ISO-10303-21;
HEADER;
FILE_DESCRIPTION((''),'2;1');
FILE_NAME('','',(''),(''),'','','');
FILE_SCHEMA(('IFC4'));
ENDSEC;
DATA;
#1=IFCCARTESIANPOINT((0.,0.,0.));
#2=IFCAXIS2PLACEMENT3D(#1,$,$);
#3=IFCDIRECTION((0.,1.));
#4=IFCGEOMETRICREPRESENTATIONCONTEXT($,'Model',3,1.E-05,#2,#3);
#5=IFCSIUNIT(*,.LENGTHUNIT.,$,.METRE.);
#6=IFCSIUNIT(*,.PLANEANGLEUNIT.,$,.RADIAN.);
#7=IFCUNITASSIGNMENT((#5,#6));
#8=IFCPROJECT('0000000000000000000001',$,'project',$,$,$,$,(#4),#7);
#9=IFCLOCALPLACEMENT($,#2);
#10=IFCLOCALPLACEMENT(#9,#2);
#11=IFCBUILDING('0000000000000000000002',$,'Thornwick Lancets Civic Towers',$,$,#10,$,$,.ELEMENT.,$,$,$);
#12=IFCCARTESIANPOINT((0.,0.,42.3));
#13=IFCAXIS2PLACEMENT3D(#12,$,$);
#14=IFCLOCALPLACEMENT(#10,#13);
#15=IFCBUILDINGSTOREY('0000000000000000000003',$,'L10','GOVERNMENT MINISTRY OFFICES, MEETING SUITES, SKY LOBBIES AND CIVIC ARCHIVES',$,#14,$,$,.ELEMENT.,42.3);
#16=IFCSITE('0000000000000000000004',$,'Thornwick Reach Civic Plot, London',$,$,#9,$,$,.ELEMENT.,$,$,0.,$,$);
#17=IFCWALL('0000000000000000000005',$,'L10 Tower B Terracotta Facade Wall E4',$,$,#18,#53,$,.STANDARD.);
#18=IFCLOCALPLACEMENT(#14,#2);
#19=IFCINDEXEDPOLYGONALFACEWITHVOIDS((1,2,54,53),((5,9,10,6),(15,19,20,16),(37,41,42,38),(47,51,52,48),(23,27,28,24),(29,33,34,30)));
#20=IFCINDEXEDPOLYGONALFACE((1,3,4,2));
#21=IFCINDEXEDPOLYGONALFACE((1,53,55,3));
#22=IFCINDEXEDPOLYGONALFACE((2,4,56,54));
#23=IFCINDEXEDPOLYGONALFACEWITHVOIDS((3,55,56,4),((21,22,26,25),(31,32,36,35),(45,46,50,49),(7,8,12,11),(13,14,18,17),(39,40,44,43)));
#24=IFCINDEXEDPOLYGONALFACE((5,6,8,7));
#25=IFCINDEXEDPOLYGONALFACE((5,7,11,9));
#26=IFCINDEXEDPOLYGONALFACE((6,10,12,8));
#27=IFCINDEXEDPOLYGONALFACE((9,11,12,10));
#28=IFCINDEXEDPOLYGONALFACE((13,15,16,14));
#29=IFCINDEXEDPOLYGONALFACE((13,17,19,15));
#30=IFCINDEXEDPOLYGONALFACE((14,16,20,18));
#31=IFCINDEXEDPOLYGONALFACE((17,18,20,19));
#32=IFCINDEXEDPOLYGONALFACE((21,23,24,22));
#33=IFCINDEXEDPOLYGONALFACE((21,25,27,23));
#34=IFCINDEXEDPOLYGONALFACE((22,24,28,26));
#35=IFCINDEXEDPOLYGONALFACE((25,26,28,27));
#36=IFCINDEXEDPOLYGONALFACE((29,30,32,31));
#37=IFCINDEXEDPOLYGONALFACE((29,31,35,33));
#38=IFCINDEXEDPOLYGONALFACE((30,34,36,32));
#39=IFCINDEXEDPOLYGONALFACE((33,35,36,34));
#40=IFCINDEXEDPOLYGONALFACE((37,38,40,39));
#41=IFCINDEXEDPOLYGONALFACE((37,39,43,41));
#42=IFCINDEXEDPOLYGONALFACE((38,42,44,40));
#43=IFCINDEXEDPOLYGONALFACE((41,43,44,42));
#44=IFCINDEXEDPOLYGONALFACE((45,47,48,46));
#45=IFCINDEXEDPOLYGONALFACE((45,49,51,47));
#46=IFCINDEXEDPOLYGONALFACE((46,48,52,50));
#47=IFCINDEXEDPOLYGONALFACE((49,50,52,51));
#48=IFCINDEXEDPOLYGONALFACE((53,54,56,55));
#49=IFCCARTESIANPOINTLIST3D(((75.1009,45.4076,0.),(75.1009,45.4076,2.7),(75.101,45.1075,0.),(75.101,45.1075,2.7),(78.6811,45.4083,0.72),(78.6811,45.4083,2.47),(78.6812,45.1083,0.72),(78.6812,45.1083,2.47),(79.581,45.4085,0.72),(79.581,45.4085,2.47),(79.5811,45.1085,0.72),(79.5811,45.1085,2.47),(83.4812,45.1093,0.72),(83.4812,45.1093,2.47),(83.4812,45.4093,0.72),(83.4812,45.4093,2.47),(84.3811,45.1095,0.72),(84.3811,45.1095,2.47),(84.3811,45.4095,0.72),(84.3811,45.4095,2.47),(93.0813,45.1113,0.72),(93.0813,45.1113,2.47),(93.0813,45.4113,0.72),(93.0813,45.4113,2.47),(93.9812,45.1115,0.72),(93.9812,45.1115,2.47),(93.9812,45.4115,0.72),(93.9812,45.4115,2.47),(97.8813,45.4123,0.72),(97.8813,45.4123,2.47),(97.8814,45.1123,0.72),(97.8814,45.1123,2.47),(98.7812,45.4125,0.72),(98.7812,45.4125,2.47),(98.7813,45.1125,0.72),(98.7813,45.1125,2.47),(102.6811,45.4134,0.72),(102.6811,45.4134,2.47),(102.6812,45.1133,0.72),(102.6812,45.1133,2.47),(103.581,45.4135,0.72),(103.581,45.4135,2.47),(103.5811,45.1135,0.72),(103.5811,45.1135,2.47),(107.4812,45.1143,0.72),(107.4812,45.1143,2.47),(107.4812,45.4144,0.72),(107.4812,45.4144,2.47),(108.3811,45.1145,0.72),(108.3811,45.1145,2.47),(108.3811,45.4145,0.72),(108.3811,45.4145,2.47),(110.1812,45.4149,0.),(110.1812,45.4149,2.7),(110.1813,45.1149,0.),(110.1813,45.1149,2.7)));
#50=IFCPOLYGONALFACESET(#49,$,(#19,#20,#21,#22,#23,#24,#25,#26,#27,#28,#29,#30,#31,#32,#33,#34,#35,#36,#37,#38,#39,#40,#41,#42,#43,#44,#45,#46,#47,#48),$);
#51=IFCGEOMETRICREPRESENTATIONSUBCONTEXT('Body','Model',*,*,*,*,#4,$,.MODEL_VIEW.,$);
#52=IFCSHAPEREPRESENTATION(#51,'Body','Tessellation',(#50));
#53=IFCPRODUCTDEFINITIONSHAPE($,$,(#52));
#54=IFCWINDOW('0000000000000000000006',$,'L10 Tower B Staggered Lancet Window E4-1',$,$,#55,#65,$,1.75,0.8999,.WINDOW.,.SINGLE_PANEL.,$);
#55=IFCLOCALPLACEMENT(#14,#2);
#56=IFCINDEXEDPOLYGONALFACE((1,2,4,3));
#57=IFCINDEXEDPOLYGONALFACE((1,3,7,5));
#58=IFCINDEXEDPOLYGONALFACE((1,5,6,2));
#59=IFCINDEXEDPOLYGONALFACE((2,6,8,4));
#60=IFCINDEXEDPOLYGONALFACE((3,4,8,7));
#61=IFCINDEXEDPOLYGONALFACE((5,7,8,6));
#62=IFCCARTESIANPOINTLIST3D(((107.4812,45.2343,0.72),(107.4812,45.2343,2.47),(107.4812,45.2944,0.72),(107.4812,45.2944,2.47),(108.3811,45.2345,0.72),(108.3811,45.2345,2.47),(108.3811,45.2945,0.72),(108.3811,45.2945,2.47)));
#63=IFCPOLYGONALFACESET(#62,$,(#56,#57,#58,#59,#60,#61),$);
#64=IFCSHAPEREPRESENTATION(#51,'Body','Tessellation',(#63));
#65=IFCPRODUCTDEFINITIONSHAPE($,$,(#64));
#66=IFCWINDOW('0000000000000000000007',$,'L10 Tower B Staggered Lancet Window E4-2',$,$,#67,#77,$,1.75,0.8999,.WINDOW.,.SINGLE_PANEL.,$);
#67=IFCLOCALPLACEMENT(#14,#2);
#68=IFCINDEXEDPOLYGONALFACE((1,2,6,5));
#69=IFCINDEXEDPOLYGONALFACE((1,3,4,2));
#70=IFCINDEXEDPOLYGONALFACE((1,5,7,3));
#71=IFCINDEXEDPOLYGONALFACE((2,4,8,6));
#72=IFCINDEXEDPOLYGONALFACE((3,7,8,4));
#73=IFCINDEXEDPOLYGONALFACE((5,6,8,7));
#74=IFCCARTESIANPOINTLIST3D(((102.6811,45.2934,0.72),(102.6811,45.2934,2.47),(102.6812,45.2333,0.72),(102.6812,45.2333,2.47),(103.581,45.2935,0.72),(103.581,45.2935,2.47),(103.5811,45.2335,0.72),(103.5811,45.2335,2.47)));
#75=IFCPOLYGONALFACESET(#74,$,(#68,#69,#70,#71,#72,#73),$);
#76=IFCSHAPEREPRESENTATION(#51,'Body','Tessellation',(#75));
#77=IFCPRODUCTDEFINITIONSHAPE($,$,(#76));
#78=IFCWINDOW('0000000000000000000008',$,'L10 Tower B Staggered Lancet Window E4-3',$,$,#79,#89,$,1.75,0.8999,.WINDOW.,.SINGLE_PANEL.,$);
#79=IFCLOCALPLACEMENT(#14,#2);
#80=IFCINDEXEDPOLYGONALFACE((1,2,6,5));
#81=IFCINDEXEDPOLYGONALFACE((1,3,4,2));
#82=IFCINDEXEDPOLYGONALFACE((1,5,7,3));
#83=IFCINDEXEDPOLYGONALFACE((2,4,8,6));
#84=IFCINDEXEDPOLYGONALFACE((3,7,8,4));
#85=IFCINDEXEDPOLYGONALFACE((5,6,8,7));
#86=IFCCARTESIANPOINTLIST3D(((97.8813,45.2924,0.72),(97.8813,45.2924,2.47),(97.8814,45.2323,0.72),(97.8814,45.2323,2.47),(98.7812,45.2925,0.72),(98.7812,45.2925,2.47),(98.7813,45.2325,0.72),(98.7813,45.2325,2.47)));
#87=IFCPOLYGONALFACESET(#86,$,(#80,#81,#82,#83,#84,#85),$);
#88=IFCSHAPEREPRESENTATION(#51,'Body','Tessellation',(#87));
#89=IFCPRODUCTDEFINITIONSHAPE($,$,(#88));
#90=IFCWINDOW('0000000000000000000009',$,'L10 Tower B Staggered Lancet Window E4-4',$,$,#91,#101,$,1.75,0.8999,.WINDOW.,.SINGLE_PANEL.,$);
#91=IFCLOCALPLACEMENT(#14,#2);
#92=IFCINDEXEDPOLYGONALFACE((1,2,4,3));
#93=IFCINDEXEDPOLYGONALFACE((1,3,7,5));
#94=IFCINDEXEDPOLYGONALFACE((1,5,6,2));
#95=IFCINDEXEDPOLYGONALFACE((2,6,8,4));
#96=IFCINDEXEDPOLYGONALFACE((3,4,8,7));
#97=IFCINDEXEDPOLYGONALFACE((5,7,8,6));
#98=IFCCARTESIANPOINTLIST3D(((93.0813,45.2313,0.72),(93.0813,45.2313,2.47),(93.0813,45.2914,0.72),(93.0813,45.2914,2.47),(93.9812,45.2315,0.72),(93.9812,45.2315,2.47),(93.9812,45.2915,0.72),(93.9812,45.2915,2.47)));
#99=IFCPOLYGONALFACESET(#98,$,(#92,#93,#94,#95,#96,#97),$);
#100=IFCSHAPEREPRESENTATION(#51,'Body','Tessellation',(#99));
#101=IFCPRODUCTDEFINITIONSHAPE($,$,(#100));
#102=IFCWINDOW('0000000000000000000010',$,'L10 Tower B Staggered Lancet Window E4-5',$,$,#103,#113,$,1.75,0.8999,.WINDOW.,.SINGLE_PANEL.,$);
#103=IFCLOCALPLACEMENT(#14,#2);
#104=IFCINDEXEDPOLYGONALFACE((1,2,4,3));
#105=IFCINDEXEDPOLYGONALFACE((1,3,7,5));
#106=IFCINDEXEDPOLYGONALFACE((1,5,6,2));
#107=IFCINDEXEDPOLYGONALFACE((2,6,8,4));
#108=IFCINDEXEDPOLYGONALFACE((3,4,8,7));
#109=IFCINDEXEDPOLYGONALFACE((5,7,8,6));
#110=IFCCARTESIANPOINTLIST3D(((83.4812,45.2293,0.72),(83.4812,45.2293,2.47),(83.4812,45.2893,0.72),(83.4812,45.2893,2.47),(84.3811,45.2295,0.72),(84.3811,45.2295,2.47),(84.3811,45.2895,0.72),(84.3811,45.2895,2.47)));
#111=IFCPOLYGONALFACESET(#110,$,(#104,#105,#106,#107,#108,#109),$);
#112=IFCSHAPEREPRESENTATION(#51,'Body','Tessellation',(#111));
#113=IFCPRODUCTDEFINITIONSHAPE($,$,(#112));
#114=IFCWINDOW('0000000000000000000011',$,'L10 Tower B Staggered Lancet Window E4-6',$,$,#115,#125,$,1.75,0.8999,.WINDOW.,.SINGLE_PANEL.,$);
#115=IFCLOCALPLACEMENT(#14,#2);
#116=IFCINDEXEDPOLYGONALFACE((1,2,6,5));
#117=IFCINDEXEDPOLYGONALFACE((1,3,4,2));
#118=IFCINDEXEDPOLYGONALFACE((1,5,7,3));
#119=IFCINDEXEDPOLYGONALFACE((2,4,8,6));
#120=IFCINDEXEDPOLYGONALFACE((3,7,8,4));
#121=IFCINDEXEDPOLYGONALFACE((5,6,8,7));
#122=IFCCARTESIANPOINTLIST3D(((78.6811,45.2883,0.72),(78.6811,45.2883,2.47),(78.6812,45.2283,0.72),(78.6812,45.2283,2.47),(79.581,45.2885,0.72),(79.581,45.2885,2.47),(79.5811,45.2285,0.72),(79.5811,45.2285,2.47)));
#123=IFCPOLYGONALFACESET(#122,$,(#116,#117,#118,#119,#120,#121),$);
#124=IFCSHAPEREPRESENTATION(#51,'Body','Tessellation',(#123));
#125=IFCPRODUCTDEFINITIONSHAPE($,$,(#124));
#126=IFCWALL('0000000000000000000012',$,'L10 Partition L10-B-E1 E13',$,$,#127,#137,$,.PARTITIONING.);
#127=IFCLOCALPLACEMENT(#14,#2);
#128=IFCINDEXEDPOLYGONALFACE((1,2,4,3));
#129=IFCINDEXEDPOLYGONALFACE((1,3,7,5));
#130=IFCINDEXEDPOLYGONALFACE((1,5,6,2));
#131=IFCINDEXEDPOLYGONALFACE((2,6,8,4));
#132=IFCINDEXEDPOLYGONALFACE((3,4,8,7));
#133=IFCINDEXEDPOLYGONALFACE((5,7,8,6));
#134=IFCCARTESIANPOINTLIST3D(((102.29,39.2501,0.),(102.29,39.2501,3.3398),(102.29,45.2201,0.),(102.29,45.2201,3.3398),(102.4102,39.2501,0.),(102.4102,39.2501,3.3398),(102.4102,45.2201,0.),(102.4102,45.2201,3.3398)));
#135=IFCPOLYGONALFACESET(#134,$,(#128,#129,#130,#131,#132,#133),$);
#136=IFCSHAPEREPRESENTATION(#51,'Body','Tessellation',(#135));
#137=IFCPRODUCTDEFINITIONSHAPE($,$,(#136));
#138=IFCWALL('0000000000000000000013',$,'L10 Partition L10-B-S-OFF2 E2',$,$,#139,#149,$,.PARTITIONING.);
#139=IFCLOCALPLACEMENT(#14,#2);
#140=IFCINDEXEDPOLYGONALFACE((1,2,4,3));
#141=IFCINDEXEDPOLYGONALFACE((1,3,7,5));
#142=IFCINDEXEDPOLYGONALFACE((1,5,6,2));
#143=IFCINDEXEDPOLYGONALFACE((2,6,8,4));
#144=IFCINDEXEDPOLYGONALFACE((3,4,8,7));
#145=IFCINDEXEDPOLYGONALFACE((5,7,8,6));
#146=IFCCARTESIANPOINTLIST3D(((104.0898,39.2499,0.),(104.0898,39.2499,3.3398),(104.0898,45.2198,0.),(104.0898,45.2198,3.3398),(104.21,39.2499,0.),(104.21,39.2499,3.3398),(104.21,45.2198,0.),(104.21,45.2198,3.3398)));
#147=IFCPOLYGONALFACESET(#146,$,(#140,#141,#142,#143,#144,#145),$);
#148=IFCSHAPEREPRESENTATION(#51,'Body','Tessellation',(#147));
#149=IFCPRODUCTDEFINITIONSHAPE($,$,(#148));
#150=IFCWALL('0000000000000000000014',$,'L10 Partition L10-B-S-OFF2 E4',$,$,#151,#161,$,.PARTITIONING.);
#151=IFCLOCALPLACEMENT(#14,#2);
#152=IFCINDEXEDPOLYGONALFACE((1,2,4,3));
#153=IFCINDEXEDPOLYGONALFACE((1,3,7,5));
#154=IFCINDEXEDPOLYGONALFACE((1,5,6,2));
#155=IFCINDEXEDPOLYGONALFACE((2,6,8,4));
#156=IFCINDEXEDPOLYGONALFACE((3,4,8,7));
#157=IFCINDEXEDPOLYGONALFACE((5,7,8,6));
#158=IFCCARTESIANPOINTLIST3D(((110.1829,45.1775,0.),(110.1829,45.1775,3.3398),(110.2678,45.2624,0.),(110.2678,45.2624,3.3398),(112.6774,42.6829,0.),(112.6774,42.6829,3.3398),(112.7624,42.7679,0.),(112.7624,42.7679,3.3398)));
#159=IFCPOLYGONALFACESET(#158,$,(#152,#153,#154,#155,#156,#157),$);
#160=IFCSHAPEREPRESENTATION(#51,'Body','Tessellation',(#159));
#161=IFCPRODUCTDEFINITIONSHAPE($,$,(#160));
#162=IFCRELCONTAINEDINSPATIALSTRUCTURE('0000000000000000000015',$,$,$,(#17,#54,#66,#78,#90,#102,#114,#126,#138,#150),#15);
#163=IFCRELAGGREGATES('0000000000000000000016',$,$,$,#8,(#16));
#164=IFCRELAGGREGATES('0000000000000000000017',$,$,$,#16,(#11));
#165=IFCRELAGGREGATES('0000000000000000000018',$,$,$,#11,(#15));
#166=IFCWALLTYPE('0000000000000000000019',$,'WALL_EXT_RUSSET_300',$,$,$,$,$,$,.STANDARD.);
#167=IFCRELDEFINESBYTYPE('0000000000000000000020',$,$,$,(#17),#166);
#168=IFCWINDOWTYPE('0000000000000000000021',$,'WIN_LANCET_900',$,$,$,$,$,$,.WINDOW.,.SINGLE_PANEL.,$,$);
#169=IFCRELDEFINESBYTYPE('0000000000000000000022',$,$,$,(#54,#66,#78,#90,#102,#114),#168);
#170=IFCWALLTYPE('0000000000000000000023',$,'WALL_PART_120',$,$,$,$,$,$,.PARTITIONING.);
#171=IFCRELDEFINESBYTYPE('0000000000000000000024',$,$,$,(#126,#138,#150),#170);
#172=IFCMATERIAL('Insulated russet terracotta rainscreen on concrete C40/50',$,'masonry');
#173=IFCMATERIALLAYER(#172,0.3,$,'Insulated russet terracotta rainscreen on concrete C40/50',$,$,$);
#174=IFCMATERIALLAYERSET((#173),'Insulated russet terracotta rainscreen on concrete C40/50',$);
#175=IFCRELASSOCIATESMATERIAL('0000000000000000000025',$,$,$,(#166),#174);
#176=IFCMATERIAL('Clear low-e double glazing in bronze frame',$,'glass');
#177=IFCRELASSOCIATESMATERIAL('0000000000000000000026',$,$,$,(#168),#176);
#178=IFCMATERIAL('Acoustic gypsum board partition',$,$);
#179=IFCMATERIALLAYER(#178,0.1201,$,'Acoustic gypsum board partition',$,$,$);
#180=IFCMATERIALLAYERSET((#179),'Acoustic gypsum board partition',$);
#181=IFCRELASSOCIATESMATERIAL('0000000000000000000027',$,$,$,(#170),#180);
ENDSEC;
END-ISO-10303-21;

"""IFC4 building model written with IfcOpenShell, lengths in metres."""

from ifc_helpers import new_model, si_unit, direction, frame, frame_2d, origin, place, context, subcontext, project, spatial, rectangle, extrude, material, layer, layer_set, type_object, element, fill, save


model = new_model("IFC4")

# Units and contexts
model_context = context("Model", 3, precision=1e-05, world=origin(), true_north=direction((0.0, 1.0)))
body_context = subcontext(model_context, "Body", "Model", "MODEL_VIEW")
ifc_project = project(units=[si_unit("LENGTHUNIT", "METRE"), si_unit("PLANEANGLEUNIT", "RADIAN")], contexts=[model_context])

# Site, building, storey
site_placement = place(None, origin())
site = spatial("IfcSite", under=ifc_project, at=site_placement, Name="Thornwick Reach Civic Plot, London", CompositionType="ELEMENT", RefElevation=0.0)
building_placement = place(site_placement, origin())
building = spatial("IfcBuilding", under=site, at=building_placement, Name="Thornwick Lancets Civic Towers", CompositionType="ELEMENT")
storey_placement = place(building_placement, frame((0.0, 0.0, 42.3)))
storey = spatial("IfcBuildingStorey", under=building, at=storey_placement, Name="L10", Description="GOVERNMENT MINISTRY OFFICES, MEETING SUITES, SKY LOBBIES AND CIVIC ARCHIVES", CompositionType="ELEMENT", Elevation=42.3)

# Wall, openings, windows
ifc_material_1 = material(Name="Insulated russet terracotta rainscreen on concrete C40/50", Category="masonry")
ifc_layer_1 = layer(ifc_material_1, 0.3, Name="Insulated russet terracotta rainscreen on concrete C40/50")
ifc_layer_set_1 = layer_set([ifc_layer_1], Name="Insulated russet terracotta rainscreen on concrete C40/50")
wall_type_1 = type_object("IfcWallType", Name="WALL_EXT_RUSSET_300", PredefinedType="STANDARD", material=ifc_layer_set_1)
wall_1_placement = place(storey_placement, frame((110.1812, 45.2649, 0.0), z_axis=(0.0, 0.0, 1.0), x_axis=(-1.0, -0.000209, 0.0)))
wall_1 = element("IfcWall", 1, at=wall_1_placement, inside=storey, type_object=wall_type_1, Name="L10 Tower B Terracotta Facade Wall E4", PredefinedType="STANDARD", context=body_context, shape_type="SweptSolid", body=[
    extrude(rectangle(XDim=35.0803, YDim=0.3, at=frame_2d((17.54, 0.0))), origin(), (0.0, 0.0, 1.0), 2.7),
])
opening_1_placement = place(wall_1_placement, frame((1.8, 0.0, 0.72)))
opening_1 = element("IfcOpeningElement", 2, at=opening_1_placement, cuts=wall_1, PredefinedType="OPENING", context=body_context, shape_type="SweptSolid", body=[
    extrude(rectangle(XDim=0.8999, YDim=1.75, at=frame_2d((0.45, 0.875))), frame((0.0, 0.1602, 0.0), z_axis=(0.0, -1.0, 0.0), x_axis=(1.0, 0.0, 0.0)), (0.0, 0.0, 1.0), 0.3201),
])
opening_2_placement = place(wall_1_placement, frame((6.6001, 0.0, 0.72)))
opening_2 = element("IfcOpeningElement", 3, at=opening_2_placement, cuts=wall_1, PredefinedType="OPENING", context=body_context, shape_type="SweptSolid", body=[
    extrude(rectangle(XDim=0.8999, YDim=1.75, at=frame_2d((0.45, 0.875))), frame((0.0, 0.1602, 0.0), z_axis=(0.0, -1.0, 0.0), x_axis=(1.0, 0.0, 0.0)), (0.0, 0.0, 1.0), 0.3201),
])
opening_3_placement = place(wall_1_placement, frame((11.3999, 0.0, 0.72)))
opening_3 = element("IfcOpeningElement", 4, at=opening_3_placement, cuts=wall_1, PredefinedType="OPENING", context=body_context, shape_type="SweptSolid", body=[
    extrude(rectangle(XDim=0.8999, YDim=1.75, at=frame_2d((0.45, 0.875))), frame((0.0, 0.1602, 0.0), z_axis=(0.0, -1.0, 0.0), x_axis=(1.0, 0.0, 0.0)), (0.0, 0.0, 1.0), 0.3201),
])
opening_4_placement = place(wall_1_placement, frame((16.2, 0.0, 0.72)))
opening_4 = element("IfcOpeningElement", 5, at=opening_4_placement, cuts=wall_1, PredefinedType="OPENING", context=body_context, shape_type="SweptSolid", body=[
    extrude(rectangle(XDim=0.8999, YDim=1.75, at=frame_2d((0.45, 0.875))), frame((0.0, 0.1602, 0.0), z_axis=(0.0, -1.0, 0.0), x_axis=(1.0, 0.0, 0.0)), (0.0, 0.0, 1.0), 0.3201),
])
opening_5_placement = place(wall_1_placement, frame((25.8, 0.0, 0.72)))
opening_5 = element("IfcOpeningElement", 6, at=opening_5_placement, cuts=wall_1, PredefinedType="OPENING", context=body_context, shape_type="SweptSolid", body=[
    extrude(rectangle(XDim=0.8999, YDim=1.75, at=frame_2d((0.45, 0.875))), frame((0.0, 0.1602, 0.0), z_axis=(0.0, -1.0, 0.0), x_axis=(1.0, 0.0, 0.0)), (0.0, 0.0, 1.0), 0.3201),
])
opening_6_placement = place(wall_1_placement, frame((30.6001, 0.0, 0.72)))
opening_6 = element("IfcOpeningElement", 7, at=opening_6_placement, cuts=wall_1, PredefinedType="OPENING", context=body_context, shape_type="SweptSolid", body=[
    extrude(rectangle(XDim=0.8999, YDim=1.75, at=frame_2d((0.45, 0.875))), frame((0.0, 0.1602, 0.0), z_axis=(0.0, -1.0, 0.0), x_axis=(1.0, 0.0, 0.0)), (0.0, 0.0, 1.0), 0.3201),
])
ifc_material_2 = material(Name="Clear low-e double glazing in bronze frame", Category="glass")
window_type = type_object("IfcWindowType", Name="WIN_LANCET_900", PartitioningType="SINGLE_PANEL", PredefinedType="WINDOW", material=ifc_material_2)
window_1_placement = place(opening_1_placement, origin())
window_1 = element("IfcWindow", 8, at=window_1_placement, inside=storey, type_object=window_type, Name="L10 Tower B Staggered Lancet Window E4-1", OverallHeight=1.75, OverallWidth=0.8999, PartitioningType="SINGLE_PANEL", PredefinedType="WINDOW", context=body_context, shape_type="SweptSolid", body=[
    extrude(rectangle(XDim=0.8999, YDim=1.75, at=frame_2d((0.45, 0.875))), frame((0.0, 0.03, 0.0), z_axis=(0.0, -1.0, 0.0), x_axis=(1.0, 0.0, 0.0)), (0.0, 0.0, 1.0), 0.0601),
])
fill(opening_1, window_1)
window_2_placement = place(opening_2_placement, origin())
window_2 = element("IfcWindow", 9, at=window_2_placement, inside=storey, type_object=window_type, Name="L10 Tower B Staggered Lancet Window E4-2", OverallHeight=1.75, OverallWidth=0.8999, PartitioningType="SINGLE_PANEL", PredefinedType="WINDOW", context=body_context, shape_type="SweptSolid", body=[
    extrude(rectangle(XDim=0.8999, YDim=1.75, at=frame_2d((0.45, 0.875))), frame((0.0, 0.03, 0.0), z_axis=(0.0, -1.0, 0.0), x_axis=(1.0, 0.0, 0.0)), (0.0, 0.0, 1.0), 0.0601),
])
fill(opening_2, window_2)
window_3_placement = place(opening_3_placement, origin())
window_3 = element("IfcWindow", 10, at=window_3_placement, inside=storey, type_object=window_type, Name="L10 Tower B Staggered Lancet Window E4-3", OverallHeight=1.75, OverallWidth=0.8999, PartitioningType="SINGLE_PANEL", PredefinedType="WINDOW", context=body_context, shape_type="SweptSolid", body=[
    extrude(rectangle(XDim=0.8999, YDim=1.75, at=frame_2d((0.45, 0.875))), frame((0.0, 0.03, 0.0), z_axis=(0.0, -1.0, 0.0), x_axis=(1.0, 0.0, 0.0)), (0.0, 0.0, 1.0), 0.0601),
])
fill(opening_3, window_3)
window_4_placement = place(opening_4_placement, origin())
window_4 = element("IfcWindow", 11, at=window_4_placement, inside=storey, type_object=window_type, Name="L10 Tower B Staggered Lancet Window E4-4", OverallHeight=1.75, OverallWidth=0.8999, PartitioningType="SINGLE_PANEL", PredefinedType="WINDOW", context=body_context, shape_type="SweptSolid", body=[
    extrude(rectangle(XDim=0.8999, YDim=1.75, at=frame_2d((0.45, 0.875))), frame((0.0, 0.03, 0.0), z_axis=(0.0, -1.0, 0.0), x_axis=(1.0, 0.0, 0.0)), (0.0, 0.0, 1.0), 0.0601),
])
fill(opening_4, window_4)
window_5_placement = place(opening_5_placement, origin())
window_5 = element("IfcWindow", 12, at=window_5_placement, inside=storey, type_object=window_type, Name="L10 Tower B Staggered Lancet Window E4-5", OverallHeight=1.75, OverallWidth=0.8999, PartitioningType="SINGLE_PANEL", PredefinedType="WINDOW", context=body_context, shape_type="SweptSolid", body=[
    extrude(rectangle(XDim=0.8999, YDim=1.75, at=frame_2d((0.45, 0.875))), frame((0.0, 0.03, 0.0), z_axis=(0.0, -1.0, 0.0), x_axis=(1.0, 0.0, 0.0)), (0.0, 0.0, 1.0), 0.0601),
])
fill(opening_5, window_5)
window_6_placement = place(opening_6_placement, origin())
window_6 = element("IfcWindow", 13, at=window_6_placement, inside=storey, type_object=window_type, Name="L10 Tower B Staggered Lancet Window E4-6", OverallHeight=1.75, OverallWidth=0.8999, PartitioningType="SINGLE_PANEL", PredefinedType="WINDOW", context=body_context, shape_type="SweptSolid", body=[
    extrude(rectangle(XDim=0.8999, YDim=1.75, at=frame_2d((0.45, 0.875))), frame((0.0, 0.03, 0.0), z_axis=(0.0, -1.0, 0.0), x_axis=(1.0, 0.0, 0.0)), (0.0, 0.0, 1.0), 0.0601),
])
fill(opening_6, window_6)

# Walls
ifc_material_3 = material(Name="Acoustic gypsum board partition")
ifc_layer_2 = layer(ifc_material_3, 0.1201, Name="Acoustic gypsum board partition")
ifc_layer_set_2 = layer_set([ifc_layer_2], Name="Acoustic gypsum board partition")
wall_type_2 = type_object("IfcWallType", Name="WALL_PART_120", PredefinedType="PARTITIONING", material=ifc_layer_set_2)
for number, where, z_axis, x_axis, name in (
    (14, (102.3501, 45.22, 0.0), (0.0, 0.0, 1.0), (0.0, -1.0, 0.0), "L10 Partition L10-B-E1 E13"),
    (15, (104.1499, 39.25, 0.0), (0.0, 0.0, 1.0), (0.0, 1.0, 0.0), "L10 Partition L10-B-S-OFF2 E2"),
):
    element("IfcWall", number, at=place(storey_placement, frame(where, z_axis=z_axis, x_axis=x_axis)), inside=storey, type_object=wall_type_2, Name=name, PredefinedType="PARTITIONING", context=body_context, shape_type="SweptSolid", body=[
        extrude(rectangle(XDim=5.97, YDim=0.1201, at=frame_2d((2.9849, 0.0))), origin(), (0.0, 0.0, 1.0), 3.3398),
    ])
wall_2_placement = place(storey_placement, frame((110.2253, 45.22, 0.0), z_axis=(0.0, 0.0, 1.0), x_axis=(0.707107, -0.707107, 0.0)))
element("IfcWall", 16, at=wall_2_placement, inside=storey, type_object=wall_type_2, Name="L10 Partition L10-B-S-OFF2 E4", PredefinedType="PARTITIONING", context=body_context, shape_type="SweptSolid", body=[
    extrude(rectangle(XDim=3.5278, YDim=0.1201, at=frame_2d((1.7639, 0.0))), origin(), (0.0, 0.0, 1.0), 3.3398),
])

save(model, "model.ifc")
